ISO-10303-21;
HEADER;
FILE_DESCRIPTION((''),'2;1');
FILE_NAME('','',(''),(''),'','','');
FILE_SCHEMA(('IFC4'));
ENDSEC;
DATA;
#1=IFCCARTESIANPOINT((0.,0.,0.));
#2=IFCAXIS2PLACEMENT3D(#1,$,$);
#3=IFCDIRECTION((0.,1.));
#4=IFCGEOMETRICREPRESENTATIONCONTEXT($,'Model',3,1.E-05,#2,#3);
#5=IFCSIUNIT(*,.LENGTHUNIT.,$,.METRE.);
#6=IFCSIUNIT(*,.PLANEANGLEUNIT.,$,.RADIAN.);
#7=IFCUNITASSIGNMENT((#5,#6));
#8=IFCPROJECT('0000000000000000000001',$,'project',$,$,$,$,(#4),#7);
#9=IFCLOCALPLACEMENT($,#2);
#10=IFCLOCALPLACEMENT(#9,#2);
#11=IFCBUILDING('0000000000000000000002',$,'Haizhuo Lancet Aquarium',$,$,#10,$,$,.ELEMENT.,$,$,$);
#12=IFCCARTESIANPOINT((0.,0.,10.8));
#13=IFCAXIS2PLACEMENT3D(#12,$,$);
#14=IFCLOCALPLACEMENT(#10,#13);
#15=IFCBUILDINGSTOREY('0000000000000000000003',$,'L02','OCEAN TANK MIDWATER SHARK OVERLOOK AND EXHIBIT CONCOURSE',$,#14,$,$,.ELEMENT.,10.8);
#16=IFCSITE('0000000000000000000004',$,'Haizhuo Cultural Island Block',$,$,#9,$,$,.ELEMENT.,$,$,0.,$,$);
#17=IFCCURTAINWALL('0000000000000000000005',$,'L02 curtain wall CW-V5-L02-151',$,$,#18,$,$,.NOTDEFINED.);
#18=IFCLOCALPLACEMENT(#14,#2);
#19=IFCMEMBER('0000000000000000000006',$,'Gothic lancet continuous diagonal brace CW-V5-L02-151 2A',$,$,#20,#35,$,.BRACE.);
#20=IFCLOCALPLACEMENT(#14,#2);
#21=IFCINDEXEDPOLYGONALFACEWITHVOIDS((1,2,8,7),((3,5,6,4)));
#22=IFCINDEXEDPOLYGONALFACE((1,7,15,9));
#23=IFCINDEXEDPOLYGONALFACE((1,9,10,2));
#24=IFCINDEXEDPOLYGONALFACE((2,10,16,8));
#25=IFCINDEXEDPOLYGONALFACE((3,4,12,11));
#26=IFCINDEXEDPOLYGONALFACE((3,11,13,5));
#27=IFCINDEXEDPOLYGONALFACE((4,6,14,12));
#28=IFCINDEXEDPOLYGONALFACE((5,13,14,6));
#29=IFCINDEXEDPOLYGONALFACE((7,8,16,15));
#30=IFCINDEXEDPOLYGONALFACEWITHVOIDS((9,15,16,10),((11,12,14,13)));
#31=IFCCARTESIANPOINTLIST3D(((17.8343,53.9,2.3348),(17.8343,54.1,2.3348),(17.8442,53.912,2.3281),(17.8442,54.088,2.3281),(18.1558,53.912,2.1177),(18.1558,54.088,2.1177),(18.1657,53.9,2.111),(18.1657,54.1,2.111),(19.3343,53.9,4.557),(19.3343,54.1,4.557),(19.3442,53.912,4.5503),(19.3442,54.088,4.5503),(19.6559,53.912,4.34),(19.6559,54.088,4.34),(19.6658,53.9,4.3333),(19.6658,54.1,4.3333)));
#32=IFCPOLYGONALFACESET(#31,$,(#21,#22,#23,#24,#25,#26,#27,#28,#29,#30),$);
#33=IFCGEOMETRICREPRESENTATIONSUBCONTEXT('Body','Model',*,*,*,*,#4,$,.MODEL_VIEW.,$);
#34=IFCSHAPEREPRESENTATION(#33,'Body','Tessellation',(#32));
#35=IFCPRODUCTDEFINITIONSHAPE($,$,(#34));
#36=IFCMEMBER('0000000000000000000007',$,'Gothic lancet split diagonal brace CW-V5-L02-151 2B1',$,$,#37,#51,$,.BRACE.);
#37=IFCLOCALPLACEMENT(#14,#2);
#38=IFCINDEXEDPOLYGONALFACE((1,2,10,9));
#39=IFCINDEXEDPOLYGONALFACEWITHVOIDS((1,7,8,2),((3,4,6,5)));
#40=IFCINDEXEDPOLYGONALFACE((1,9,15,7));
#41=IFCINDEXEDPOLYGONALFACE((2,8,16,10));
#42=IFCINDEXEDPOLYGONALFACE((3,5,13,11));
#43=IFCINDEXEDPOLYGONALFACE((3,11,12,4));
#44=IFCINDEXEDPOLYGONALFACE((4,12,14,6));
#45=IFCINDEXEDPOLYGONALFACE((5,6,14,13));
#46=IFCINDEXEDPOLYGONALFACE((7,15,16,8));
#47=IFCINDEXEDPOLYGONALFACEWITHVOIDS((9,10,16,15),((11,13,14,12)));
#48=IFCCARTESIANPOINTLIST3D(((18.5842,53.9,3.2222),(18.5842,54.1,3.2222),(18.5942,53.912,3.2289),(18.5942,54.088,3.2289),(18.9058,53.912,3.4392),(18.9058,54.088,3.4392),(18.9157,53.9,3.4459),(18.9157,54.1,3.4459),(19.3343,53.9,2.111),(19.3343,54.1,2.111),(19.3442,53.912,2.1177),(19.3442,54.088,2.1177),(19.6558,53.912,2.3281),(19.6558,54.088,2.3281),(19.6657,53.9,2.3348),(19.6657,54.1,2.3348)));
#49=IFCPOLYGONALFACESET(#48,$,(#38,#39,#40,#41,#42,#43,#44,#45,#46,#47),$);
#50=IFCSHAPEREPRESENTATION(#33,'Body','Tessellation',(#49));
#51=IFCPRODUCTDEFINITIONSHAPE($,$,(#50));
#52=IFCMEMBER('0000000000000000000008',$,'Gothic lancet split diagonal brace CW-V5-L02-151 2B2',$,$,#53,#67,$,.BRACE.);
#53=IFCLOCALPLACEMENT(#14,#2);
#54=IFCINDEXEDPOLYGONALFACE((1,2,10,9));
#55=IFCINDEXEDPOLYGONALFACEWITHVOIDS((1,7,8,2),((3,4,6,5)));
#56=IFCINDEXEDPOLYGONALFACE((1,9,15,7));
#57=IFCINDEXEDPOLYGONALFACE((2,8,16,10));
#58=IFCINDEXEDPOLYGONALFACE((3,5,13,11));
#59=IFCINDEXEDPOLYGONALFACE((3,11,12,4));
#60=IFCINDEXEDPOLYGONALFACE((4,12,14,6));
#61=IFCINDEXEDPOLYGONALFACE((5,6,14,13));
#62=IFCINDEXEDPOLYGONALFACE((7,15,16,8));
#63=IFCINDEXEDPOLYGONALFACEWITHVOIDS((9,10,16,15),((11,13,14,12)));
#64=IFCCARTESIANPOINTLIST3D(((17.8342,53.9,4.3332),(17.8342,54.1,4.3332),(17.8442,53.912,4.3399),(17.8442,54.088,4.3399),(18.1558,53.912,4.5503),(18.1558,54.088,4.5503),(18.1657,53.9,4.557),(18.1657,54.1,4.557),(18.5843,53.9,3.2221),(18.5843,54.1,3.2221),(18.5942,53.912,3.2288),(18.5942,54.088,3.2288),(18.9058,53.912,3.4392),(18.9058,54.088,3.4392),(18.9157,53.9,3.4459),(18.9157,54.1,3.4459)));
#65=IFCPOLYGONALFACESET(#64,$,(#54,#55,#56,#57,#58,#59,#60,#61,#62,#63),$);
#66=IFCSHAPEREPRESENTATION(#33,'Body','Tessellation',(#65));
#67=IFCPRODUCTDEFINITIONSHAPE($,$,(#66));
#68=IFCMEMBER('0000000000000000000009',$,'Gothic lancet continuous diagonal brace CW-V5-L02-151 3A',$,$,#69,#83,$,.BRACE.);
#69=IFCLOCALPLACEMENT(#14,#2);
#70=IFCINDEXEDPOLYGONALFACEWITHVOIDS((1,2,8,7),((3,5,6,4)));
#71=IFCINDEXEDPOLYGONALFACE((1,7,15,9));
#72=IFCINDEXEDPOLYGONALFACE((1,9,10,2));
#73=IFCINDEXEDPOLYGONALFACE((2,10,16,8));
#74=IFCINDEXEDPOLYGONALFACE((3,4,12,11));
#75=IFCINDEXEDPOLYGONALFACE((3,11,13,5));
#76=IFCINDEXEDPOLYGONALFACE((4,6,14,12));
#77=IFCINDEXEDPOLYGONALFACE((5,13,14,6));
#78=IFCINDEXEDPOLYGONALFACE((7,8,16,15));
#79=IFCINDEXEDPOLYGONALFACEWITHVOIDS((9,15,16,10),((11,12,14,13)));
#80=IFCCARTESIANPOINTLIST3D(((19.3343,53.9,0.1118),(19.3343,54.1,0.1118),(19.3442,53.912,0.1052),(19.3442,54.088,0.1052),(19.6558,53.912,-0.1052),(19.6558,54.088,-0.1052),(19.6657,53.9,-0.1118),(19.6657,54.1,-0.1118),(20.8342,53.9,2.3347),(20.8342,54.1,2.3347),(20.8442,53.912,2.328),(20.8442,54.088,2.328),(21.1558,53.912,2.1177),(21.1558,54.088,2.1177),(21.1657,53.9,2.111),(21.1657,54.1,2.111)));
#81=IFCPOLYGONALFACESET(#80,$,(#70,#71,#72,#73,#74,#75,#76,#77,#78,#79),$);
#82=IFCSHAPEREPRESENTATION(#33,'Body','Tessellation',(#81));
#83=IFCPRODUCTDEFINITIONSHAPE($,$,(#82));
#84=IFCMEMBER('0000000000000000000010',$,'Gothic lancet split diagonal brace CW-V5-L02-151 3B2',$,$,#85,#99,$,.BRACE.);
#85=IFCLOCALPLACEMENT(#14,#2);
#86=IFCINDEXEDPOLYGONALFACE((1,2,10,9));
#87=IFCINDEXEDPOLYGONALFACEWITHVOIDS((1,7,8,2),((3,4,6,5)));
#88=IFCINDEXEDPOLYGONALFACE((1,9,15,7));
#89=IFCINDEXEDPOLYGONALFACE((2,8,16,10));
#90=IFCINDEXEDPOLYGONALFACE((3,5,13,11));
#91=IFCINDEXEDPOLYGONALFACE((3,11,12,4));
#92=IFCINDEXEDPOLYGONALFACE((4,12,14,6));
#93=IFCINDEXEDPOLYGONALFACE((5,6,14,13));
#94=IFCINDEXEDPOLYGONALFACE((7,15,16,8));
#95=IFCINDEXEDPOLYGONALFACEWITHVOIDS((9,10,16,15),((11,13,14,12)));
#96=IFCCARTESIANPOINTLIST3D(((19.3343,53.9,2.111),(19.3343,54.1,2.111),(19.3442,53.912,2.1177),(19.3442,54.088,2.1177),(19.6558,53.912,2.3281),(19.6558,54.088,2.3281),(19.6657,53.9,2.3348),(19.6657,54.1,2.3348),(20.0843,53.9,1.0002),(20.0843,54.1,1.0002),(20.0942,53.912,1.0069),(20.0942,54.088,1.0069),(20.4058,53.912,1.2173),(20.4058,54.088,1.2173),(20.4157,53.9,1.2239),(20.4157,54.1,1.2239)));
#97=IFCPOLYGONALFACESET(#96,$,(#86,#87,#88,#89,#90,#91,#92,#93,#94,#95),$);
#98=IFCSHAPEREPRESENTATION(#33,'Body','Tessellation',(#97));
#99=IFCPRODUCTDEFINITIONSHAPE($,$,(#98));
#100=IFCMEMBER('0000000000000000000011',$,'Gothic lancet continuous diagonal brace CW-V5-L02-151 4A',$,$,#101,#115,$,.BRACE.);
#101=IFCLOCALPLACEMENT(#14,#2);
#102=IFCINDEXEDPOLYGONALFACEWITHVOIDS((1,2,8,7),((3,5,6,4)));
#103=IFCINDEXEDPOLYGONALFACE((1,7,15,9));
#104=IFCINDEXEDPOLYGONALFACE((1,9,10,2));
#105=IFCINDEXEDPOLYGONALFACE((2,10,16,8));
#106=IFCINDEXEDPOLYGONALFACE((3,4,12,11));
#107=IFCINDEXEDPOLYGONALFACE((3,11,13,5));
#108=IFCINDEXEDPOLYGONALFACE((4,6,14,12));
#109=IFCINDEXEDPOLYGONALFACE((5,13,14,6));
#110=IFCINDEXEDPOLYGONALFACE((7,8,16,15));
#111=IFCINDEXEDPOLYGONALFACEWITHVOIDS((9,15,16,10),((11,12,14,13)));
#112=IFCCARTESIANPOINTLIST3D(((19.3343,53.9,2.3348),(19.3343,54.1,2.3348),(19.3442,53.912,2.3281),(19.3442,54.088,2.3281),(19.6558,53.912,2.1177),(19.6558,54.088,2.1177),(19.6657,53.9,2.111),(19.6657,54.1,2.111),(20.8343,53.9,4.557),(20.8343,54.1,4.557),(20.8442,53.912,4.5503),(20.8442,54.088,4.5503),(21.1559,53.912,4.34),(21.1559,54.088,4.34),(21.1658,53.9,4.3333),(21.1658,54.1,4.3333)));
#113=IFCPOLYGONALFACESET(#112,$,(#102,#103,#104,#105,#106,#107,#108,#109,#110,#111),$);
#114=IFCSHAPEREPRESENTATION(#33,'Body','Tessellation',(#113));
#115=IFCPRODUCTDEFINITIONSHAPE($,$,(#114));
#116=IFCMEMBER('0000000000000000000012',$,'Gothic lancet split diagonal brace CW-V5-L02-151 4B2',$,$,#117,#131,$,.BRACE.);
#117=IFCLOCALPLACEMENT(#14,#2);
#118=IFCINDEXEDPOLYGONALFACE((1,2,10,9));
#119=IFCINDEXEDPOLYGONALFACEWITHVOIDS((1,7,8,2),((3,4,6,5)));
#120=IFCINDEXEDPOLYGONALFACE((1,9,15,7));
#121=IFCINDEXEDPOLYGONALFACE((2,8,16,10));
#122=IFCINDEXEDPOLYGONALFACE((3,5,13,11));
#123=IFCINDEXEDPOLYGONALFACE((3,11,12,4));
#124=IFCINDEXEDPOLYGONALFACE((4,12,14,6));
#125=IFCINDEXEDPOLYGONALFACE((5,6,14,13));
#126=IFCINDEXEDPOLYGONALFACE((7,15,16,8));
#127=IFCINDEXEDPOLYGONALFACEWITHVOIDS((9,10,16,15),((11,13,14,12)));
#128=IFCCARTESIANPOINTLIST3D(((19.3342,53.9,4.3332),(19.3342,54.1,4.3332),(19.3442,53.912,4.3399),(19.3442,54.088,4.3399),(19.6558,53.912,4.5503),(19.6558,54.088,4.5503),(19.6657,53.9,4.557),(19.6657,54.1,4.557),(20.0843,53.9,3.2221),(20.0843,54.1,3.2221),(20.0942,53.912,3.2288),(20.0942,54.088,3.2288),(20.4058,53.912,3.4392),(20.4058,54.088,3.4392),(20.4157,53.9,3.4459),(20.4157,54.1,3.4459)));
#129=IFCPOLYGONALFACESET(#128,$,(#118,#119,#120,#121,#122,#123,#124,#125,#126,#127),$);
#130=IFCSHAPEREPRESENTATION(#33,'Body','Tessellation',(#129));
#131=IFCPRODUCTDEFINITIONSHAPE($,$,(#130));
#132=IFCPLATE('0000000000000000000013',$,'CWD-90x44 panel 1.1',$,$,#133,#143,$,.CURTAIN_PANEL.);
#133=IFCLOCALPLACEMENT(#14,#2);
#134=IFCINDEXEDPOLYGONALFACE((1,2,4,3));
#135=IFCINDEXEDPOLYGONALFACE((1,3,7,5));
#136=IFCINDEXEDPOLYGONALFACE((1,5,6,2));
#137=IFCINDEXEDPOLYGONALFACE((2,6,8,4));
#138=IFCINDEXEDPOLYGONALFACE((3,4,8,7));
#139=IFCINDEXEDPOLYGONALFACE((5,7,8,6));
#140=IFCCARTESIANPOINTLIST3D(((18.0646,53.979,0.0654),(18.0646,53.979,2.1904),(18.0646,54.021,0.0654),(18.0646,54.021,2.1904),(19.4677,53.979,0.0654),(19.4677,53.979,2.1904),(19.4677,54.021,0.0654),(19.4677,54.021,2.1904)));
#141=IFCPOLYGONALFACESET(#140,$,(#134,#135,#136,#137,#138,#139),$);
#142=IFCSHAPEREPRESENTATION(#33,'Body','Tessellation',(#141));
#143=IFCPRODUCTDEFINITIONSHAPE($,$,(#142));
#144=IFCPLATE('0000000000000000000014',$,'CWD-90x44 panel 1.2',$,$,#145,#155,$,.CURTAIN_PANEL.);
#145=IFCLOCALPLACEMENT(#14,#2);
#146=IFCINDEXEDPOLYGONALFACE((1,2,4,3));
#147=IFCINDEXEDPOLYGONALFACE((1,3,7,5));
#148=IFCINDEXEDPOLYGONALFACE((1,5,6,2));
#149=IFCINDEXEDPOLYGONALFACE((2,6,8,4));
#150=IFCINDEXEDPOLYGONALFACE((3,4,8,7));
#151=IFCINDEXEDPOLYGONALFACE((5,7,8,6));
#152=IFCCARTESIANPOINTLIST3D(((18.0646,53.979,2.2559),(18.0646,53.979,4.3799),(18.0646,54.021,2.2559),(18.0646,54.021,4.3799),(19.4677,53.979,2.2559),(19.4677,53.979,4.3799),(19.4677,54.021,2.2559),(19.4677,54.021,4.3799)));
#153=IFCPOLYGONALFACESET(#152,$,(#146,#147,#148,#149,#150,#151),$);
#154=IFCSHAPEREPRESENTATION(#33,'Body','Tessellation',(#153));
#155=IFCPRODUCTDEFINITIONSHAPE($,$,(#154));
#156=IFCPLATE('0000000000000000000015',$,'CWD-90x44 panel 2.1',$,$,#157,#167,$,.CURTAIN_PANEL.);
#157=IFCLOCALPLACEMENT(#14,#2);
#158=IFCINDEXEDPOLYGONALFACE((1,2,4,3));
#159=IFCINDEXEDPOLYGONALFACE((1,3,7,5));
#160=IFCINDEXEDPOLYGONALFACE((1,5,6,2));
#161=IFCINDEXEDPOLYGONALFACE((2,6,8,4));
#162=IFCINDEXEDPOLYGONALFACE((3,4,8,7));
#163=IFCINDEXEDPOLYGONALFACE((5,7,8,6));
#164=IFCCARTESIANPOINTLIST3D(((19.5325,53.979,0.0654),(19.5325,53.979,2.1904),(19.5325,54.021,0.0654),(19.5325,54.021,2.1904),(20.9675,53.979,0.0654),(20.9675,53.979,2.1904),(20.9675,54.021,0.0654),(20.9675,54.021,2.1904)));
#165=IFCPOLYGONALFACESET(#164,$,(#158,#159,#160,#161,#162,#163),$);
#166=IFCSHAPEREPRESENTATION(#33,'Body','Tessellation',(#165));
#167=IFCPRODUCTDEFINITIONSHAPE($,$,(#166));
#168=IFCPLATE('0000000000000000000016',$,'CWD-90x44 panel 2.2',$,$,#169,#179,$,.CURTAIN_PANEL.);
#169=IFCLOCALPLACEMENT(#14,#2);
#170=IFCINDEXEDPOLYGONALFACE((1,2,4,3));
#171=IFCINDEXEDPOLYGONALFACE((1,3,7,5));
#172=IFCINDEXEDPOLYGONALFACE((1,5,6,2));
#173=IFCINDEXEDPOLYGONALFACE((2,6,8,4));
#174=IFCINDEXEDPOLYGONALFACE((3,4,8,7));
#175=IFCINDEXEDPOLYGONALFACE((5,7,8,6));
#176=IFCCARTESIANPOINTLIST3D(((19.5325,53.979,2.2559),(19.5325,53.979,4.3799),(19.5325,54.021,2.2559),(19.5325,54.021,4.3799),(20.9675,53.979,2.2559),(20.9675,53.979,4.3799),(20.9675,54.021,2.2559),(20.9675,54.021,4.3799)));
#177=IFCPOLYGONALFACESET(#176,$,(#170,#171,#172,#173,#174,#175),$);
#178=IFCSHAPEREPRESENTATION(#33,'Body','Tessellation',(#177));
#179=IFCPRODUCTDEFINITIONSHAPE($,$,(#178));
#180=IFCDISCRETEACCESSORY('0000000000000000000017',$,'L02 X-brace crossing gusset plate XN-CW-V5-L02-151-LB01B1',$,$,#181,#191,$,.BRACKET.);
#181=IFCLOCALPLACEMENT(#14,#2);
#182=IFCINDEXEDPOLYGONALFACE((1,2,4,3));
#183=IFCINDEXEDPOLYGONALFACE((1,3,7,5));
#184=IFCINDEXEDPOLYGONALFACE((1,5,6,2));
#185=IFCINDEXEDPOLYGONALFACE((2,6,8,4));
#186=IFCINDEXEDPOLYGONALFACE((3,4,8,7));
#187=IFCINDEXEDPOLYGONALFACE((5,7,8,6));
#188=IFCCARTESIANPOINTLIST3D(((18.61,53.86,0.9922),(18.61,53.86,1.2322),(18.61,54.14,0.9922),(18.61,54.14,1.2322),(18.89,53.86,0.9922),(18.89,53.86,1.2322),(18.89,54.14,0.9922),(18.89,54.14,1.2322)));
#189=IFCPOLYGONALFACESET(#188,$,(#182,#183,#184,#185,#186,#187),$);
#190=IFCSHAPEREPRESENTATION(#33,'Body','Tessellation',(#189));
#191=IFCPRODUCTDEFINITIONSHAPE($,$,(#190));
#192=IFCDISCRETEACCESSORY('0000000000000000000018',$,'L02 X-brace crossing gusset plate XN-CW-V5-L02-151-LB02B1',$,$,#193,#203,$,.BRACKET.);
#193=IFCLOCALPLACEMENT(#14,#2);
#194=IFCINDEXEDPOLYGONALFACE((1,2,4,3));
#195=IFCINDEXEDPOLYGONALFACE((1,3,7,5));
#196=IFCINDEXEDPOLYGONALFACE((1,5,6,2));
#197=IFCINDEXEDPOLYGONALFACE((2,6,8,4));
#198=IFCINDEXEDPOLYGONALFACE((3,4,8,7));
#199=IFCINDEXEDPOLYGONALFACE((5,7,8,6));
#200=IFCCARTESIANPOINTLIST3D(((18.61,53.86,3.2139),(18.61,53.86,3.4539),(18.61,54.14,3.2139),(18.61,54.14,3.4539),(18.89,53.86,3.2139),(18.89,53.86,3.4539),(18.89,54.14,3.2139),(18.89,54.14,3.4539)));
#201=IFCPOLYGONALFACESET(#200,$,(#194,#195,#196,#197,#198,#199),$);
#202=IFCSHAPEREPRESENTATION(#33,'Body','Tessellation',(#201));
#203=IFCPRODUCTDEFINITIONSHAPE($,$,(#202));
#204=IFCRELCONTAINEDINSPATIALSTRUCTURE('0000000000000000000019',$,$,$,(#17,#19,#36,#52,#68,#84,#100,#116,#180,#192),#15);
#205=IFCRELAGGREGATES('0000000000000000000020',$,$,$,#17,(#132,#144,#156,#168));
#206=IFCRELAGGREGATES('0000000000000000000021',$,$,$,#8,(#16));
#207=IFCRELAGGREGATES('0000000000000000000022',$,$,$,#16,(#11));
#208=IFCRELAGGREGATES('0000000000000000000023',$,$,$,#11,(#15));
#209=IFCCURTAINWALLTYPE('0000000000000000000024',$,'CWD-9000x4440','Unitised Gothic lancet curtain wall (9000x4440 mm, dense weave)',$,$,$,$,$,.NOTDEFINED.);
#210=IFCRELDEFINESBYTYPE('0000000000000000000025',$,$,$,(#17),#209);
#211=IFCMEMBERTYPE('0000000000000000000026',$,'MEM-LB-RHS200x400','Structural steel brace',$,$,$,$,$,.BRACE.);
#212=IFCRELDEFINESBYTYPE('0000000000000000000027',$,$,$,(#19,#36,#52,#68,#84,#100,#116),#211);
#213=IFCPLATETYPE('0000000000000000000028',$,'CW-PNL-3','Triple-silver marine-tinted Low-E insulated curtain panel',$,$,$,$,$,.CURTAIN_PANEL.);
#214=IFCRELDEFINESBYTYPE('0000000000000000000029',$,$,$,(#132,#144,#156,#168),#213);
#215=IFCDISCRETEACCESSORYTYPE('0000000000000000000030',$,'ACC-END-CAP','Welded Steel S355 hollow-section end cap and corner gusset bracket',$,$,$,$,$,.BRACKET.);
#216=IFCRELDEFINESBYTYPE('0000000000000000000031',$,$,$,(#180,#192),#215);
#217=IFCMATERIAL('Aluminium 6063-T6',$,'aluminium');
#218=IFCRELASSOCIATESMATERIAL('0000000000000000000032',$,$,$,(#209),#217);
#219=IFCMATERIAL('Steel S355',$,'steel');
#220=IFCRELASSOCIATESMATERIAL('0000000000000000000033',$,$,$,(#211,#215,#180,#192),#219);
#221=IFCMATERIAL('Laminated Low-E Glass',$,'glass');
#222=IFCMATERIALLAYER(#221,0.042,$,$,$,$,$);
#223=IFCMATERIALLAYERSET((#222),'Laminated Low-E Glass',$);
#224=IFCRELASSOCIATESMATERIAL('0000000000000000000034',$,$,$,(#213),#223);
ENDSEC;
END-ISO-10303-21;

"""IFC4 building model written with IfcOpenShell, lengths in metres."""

from ifc_helpers import new_model, si_unit, direction, frame, origin, origin_2d, place, context, subcontext, project, spatial, rectangle, hollow_rectangle, extrude, material, layer, layer_set, material_profile, profile_set, type_object, element, aggregate, save


model = new_model("IFC4")

# Units and contexts
model_context = context("Model", 3, precision=1e-05, world=origin(), true_north=direction((0.0, 1.0)))
body_context = subcontext(model_context, "Body", "Model", "MODEL_VIEW")
ifc_project = project(units=[si_unit("LENGTHUNIT", "METRE"), si_unit("PLANEANGLEUNIT", "RADIAN")], contexts=[model_context])

# Site, building, storey
site_placement = place(None, origin())
site = spatial("IfcSite", under=ifc_project, at=site_placement, Name="Haizhuo Cultural Island Block", CompositionType="ELEMENT", RefElevation=0.0)
building_placement = place(site_placement, origin())
building = spatial("IfcBuilding", under=site, at=building_placement, Name="Haizhuo Lancet Aquarium", CompositionType="ELEMENT")
storey_placement = place(building_placement, frame((0.0, 0.0, 10.8)))
storey = spatial("IfcBuildingStorey", under=building, at=storey_placement, Name="L02", Description="OCEAN TANK MIDWATER SHARK OVERLOOK AND EXHIBIT CONCOURSE", CompositionType="ELEMENT", Elevation=10.8)

# Curtain wall
ifc_material_1 = material(Name="Aluminium 6063-T6", Category="aluminium")
curtain_wall_type = type_object("IfcCurtainWallType", Name="CWD-9000x4440", Description="Unitised Gothic lancet curtain wall (9000x4440 mm, dense weave)", PredefinedType="NOTDEFINED", material=ifc_material_1)
curtain_wall_placement = place(storey_placement, origin())
curtain_wall = element("IfcCurtainWall", 1, at=curtain_wall_placement, inside=storey, type_object=curtain_wall_type, Name="L02 curtain wall CW-V5-L02-151", PredefinedType="NOTDEFINED")

# Members
ifc_material_2 = material(Name="Steel S355", Category="steel")
ifc_material_profile_1 = material_profile(ifc_material_2, hollow_rectangle(XDim=0.2, YDim=0.3999, WallThickness=0.012, at=origin_2d()), Name="RHS 200x400x12")
ifc_profile_set_1 = profile_set([ifc_material_profile_1], Name="Steel S355")
member_type_1 = type_object("IfcMemberType", Name="MEM-LB-RHS200x400", Description="Structural steel brace", PredefinedType="BRACE", material=ifc_profile_set_1)
member_1_placement = place(storey_placement, frame((18.0, 54.0, 2.2229), z_axis=(0.559482, 0.0, 0.828842), x_axis=(0.0, 1.0, 0.0)))
element("IfcMember", 2, at=member_1_placement, inside=storey, type_object=member_type_1, Name="Gothic lancet continuous diagonal brace CW-V5-L02-151 2A", PredefinedType="BRACE", context=body_context, shape_type="SweptSolid", body=[
    extrude(hollow_rectangle(XDim=0.2, YDim=0.3999, WallThickness=0.012, at=origin_2d()), origin(), (0.0, 0.0, 1.0), 2.6812),
])
for number, where, z_axis, x_axis, name in (
    (3, (19.5, 54.0, 2.2229), (-0.559482, 0.0, 0.828842), (0.0, -1.0, 0.0), "Gothic lancet split diagonal brace CW-V5-L02-151 2B1"),
    (4, (18.75, 54.0, 3.334), (-0.559482, 0.0, 0.828842), (0.0, -1.0, 0.0), "Gothic lancet split diagonal brace CW-V5-L02-151 2B2"),
):
    element("IfcMember", number, at=place(storey_placement, frame(where, z_axis=z_axis, x_axis=x_axis)), inside=storey, type_object=member_type_1, Name=name, PredefinedType="BRACE", context=body_context, shape_type="SweptSolid", body=[
        extrude(hollow_rectangle(XDim=0.2, YDim=0.3999, WallThickness=0.012, at=origin_2d()), origin(), (0.0, 0.0, 1.0), 1.3406),
    ])
member_2_placement = place(storey_placement, frame((19.5, 54.0, 0.0), z_axis=(0.559356, 0.0, 0.828928), x_axis=(0.0, 1.0, 0.0)))
element("IfcMember", 5, at=member_2_placement, inside=storey, type_object=member_type_1, Name="Gothic lancet continuous diagonal brace CW-V5-L02-151 3A", PredefinedType="BRACE", context=body_context, shape_type="SweptSolid", body=[
    extrude(hollow_rectangle(XDim=0.2, YDim=0.3999, WallThickness=0.012, at=origin_2d()), origin(), (0.0, 0.0, 1.0), 2.6816),
])
member_3_placement = place(storey_placement, frame((20.25, 54.0, 1.1121), z_axis=(-0.559567, 0.0, 0.828785), x_axis=(0.0, -1.0, 0.0)))
element("IfcMember", 6, at=member_3_placement, inside=storey, type_object=member_type_1, Name="Gothic lancet split diagonal brace CW-V5-L02-151 3B2", PredefinedType="BRACE", context=body_context, shape_type="SweptSolid", body=[
    extrude(hollow_rectangle(XDim=0.2, YDim=0.3999, WallThickness=0.012, at=origin_2d()), origin(), (0.0, 0.0, 1.0), 1.3403),
])
member_4_placement = place(storey_placement, frame((19.5, 54.0, 2.2229), z_axis=(0.559482, 0.0, 0.828842), x_axis=(0.0, 1.0, 0.0)))
element("IfcMember", 7, at=member_4_placement, inside=storey, type_object=member_type_1, Name="Gothic lancet continuous diagonal brace CW-V5-L02-151 4A", PredefinedType="BRACE", context=body_context, shape_type="SweptSolid", body=[
    extrude(hollow_rectangle(XDim=0.2, YDim=0.3999, WallThickness=0.012, at=origin_2d()), origin(), (0.0, 0.0, 1.0), 2.6812),
])
member_5_placement = place(storey_placement, frame((20.25, 54.0, 3.334), z_axis=(-0.559482, 0.0, 0.828842), x_axis=(0.0, -1.0, 0.0)))
element("IfcMember", 8, at=member_5_placement, inside=storey, type_object=member_type_1, Name="Gothic lancet split diagonal brace CW-V5-L02-151 4B2", PredefinedType="BRACE", context=body_context, shape_type="SweptSolid", body=[
    extrude(hollow_rectangle(XDim=0.2, YDim=0.3999, WallThickness=0.012, at=origin_2d()), origin(), (0.0, 0.0, 1.0), 1.3406),
])

# Plates
ifc_material_3 = material(Name="Laminated Low-E Glass", Category="glass")
ifc_layer = layer(ifc_material_3, 0.042)
ifc_layer_set = layer_set([ifc_layer], Name="Laminated Low-E Glass")
plate_type = type_object("IfcPlateType", Name="CW-PNL-3", Description="Triple-silver marine-tinted Low-E insulated curtain panel", PredefinedType="CURTAIN_PANEL", material=ifc_layer_set)
plate_1_placement = place(storey_placement, frame((18.7661, 54.0, 0.0654), z_axis=(0.0, 0.0, 1.0), x_axis=(1.0, 0.0, 0.0)))
plate_1 = element("IfcPlate", 9, at=plate_1_placement, type_object=plate_type, Name="CWD-90x44 panel 1.1", PredefinedType="CURTAIN_PANEL", context=body_context, shape_type="SweptSolid", body=[
    extrude(rectangle(XDim=1.4031, YDim=0.042, at=origin_2d()), origin(), (0.0, 0.0, 1.0), 2.125),
])
plate_2_placement = place(storey_placement, frame((18.7661, 54.0, 2.2559), z_axis=(0.0, 0.0, 1.0), x_axis=(1.0, 0.0, 0.0)))
plate_2 = element("IfcPlate", 10, at=plate_2_placement, type_object=plate_type, Name="CWD-90x44 panel 1.2", PredefinedType="CURTAIN_PANEL", context=body_context, shape_type="SweptSolid", body=[
    extrude(rectangle(XDim=1.4031, YDim=0.042, at=origin_2d()), origin(), (0.0, 0.0, 1.0), 2.124),
])
plate_3_placement = place(storey_placement, frame((20.25, 54.0, 0.0654), z_axis=(0.0, 0.0, 1.0), x_axis=(1.0, 0.0, 0.0)))
plate_3 = element("IfcPlate", 11, at=plate_3_placement, type_object=plate_type, Name="CWD-90x44 panel 2.1", PredefinedType="CURTAIN_PANEL", context=body_context, shape_type="SweptSolid", body=[
    extrude(rectangle(XDim=1.4351, YDim=0.042, at=origin_2d()), origin(), (0.0, 0.0, 1.0), 2.125),
])
plate_4_placement = place(storey_placement, frame((20.25, 54.0, 2.2559), z_axis=(0.0, 0.0, 1.0), x_axis=(1.0, 0.0, 0.0)))
plate_4 = element("IfcPlate", 12, at=plate_4_placement, type_object=plate_type, Name="CWD-90x44 panel 2.2", PredefinedType="CURTAIN_PANEL", context=body_context, shape_type="SweptSolid", body=[
    extrude(rectangle(XDim=1.4351, YDim=0.042, at=origin_2d()), origin(), (0.0, 0.0, 1.0), 2.124),
])
aggregate(curtain_wall, [plate_1, plate_2, plate_3, plate_4])

# Discrete accessories
discrete_accessory_type = type_object("IfcDiscreteAccessoryType", Name="ACC-END-CAP", Description="Welded Steel S355 hollow-section end cap and corner gusset bracket", PredefinedType="BRACKET", material=ifc_material_2)
for number, where, z_axis, x_axis, name in (
    (13, (18.75, 54.0, 0.9922), (0.0, 0.0, 1.0), (1.0, 0.0, 0.0), "L02 X-brace crossing gusset plate XN-CW-V5-L02-151-LB01B1"),
    (14, (18.75, 54.0, 3.2139), (0.0, 0.0, 1.0), (1.0, 0.0, 0.0), "L02 X-brace crossing gusset plate XN-CW-V5-L02-151-LB02B1"),
):
    element("IfcDiscreteAccessory", number, at=place(storey_placement, frame(where, z_axis=z_axis, x_axis=x_axis)), inside=storey, type_object=discrete_accessory_type, material=ifc_material_2, Name=name, PredefinedType="BRACKET", context=body_context, shape_type="SweptSolid", body=[
        extrude(rectangle(XDim=0.28, YDim=0.28, at=origin_2d()), origin(), (0.0, 0.0, 1.0), 0.24),
    ])

save(model, "model.ifc")
